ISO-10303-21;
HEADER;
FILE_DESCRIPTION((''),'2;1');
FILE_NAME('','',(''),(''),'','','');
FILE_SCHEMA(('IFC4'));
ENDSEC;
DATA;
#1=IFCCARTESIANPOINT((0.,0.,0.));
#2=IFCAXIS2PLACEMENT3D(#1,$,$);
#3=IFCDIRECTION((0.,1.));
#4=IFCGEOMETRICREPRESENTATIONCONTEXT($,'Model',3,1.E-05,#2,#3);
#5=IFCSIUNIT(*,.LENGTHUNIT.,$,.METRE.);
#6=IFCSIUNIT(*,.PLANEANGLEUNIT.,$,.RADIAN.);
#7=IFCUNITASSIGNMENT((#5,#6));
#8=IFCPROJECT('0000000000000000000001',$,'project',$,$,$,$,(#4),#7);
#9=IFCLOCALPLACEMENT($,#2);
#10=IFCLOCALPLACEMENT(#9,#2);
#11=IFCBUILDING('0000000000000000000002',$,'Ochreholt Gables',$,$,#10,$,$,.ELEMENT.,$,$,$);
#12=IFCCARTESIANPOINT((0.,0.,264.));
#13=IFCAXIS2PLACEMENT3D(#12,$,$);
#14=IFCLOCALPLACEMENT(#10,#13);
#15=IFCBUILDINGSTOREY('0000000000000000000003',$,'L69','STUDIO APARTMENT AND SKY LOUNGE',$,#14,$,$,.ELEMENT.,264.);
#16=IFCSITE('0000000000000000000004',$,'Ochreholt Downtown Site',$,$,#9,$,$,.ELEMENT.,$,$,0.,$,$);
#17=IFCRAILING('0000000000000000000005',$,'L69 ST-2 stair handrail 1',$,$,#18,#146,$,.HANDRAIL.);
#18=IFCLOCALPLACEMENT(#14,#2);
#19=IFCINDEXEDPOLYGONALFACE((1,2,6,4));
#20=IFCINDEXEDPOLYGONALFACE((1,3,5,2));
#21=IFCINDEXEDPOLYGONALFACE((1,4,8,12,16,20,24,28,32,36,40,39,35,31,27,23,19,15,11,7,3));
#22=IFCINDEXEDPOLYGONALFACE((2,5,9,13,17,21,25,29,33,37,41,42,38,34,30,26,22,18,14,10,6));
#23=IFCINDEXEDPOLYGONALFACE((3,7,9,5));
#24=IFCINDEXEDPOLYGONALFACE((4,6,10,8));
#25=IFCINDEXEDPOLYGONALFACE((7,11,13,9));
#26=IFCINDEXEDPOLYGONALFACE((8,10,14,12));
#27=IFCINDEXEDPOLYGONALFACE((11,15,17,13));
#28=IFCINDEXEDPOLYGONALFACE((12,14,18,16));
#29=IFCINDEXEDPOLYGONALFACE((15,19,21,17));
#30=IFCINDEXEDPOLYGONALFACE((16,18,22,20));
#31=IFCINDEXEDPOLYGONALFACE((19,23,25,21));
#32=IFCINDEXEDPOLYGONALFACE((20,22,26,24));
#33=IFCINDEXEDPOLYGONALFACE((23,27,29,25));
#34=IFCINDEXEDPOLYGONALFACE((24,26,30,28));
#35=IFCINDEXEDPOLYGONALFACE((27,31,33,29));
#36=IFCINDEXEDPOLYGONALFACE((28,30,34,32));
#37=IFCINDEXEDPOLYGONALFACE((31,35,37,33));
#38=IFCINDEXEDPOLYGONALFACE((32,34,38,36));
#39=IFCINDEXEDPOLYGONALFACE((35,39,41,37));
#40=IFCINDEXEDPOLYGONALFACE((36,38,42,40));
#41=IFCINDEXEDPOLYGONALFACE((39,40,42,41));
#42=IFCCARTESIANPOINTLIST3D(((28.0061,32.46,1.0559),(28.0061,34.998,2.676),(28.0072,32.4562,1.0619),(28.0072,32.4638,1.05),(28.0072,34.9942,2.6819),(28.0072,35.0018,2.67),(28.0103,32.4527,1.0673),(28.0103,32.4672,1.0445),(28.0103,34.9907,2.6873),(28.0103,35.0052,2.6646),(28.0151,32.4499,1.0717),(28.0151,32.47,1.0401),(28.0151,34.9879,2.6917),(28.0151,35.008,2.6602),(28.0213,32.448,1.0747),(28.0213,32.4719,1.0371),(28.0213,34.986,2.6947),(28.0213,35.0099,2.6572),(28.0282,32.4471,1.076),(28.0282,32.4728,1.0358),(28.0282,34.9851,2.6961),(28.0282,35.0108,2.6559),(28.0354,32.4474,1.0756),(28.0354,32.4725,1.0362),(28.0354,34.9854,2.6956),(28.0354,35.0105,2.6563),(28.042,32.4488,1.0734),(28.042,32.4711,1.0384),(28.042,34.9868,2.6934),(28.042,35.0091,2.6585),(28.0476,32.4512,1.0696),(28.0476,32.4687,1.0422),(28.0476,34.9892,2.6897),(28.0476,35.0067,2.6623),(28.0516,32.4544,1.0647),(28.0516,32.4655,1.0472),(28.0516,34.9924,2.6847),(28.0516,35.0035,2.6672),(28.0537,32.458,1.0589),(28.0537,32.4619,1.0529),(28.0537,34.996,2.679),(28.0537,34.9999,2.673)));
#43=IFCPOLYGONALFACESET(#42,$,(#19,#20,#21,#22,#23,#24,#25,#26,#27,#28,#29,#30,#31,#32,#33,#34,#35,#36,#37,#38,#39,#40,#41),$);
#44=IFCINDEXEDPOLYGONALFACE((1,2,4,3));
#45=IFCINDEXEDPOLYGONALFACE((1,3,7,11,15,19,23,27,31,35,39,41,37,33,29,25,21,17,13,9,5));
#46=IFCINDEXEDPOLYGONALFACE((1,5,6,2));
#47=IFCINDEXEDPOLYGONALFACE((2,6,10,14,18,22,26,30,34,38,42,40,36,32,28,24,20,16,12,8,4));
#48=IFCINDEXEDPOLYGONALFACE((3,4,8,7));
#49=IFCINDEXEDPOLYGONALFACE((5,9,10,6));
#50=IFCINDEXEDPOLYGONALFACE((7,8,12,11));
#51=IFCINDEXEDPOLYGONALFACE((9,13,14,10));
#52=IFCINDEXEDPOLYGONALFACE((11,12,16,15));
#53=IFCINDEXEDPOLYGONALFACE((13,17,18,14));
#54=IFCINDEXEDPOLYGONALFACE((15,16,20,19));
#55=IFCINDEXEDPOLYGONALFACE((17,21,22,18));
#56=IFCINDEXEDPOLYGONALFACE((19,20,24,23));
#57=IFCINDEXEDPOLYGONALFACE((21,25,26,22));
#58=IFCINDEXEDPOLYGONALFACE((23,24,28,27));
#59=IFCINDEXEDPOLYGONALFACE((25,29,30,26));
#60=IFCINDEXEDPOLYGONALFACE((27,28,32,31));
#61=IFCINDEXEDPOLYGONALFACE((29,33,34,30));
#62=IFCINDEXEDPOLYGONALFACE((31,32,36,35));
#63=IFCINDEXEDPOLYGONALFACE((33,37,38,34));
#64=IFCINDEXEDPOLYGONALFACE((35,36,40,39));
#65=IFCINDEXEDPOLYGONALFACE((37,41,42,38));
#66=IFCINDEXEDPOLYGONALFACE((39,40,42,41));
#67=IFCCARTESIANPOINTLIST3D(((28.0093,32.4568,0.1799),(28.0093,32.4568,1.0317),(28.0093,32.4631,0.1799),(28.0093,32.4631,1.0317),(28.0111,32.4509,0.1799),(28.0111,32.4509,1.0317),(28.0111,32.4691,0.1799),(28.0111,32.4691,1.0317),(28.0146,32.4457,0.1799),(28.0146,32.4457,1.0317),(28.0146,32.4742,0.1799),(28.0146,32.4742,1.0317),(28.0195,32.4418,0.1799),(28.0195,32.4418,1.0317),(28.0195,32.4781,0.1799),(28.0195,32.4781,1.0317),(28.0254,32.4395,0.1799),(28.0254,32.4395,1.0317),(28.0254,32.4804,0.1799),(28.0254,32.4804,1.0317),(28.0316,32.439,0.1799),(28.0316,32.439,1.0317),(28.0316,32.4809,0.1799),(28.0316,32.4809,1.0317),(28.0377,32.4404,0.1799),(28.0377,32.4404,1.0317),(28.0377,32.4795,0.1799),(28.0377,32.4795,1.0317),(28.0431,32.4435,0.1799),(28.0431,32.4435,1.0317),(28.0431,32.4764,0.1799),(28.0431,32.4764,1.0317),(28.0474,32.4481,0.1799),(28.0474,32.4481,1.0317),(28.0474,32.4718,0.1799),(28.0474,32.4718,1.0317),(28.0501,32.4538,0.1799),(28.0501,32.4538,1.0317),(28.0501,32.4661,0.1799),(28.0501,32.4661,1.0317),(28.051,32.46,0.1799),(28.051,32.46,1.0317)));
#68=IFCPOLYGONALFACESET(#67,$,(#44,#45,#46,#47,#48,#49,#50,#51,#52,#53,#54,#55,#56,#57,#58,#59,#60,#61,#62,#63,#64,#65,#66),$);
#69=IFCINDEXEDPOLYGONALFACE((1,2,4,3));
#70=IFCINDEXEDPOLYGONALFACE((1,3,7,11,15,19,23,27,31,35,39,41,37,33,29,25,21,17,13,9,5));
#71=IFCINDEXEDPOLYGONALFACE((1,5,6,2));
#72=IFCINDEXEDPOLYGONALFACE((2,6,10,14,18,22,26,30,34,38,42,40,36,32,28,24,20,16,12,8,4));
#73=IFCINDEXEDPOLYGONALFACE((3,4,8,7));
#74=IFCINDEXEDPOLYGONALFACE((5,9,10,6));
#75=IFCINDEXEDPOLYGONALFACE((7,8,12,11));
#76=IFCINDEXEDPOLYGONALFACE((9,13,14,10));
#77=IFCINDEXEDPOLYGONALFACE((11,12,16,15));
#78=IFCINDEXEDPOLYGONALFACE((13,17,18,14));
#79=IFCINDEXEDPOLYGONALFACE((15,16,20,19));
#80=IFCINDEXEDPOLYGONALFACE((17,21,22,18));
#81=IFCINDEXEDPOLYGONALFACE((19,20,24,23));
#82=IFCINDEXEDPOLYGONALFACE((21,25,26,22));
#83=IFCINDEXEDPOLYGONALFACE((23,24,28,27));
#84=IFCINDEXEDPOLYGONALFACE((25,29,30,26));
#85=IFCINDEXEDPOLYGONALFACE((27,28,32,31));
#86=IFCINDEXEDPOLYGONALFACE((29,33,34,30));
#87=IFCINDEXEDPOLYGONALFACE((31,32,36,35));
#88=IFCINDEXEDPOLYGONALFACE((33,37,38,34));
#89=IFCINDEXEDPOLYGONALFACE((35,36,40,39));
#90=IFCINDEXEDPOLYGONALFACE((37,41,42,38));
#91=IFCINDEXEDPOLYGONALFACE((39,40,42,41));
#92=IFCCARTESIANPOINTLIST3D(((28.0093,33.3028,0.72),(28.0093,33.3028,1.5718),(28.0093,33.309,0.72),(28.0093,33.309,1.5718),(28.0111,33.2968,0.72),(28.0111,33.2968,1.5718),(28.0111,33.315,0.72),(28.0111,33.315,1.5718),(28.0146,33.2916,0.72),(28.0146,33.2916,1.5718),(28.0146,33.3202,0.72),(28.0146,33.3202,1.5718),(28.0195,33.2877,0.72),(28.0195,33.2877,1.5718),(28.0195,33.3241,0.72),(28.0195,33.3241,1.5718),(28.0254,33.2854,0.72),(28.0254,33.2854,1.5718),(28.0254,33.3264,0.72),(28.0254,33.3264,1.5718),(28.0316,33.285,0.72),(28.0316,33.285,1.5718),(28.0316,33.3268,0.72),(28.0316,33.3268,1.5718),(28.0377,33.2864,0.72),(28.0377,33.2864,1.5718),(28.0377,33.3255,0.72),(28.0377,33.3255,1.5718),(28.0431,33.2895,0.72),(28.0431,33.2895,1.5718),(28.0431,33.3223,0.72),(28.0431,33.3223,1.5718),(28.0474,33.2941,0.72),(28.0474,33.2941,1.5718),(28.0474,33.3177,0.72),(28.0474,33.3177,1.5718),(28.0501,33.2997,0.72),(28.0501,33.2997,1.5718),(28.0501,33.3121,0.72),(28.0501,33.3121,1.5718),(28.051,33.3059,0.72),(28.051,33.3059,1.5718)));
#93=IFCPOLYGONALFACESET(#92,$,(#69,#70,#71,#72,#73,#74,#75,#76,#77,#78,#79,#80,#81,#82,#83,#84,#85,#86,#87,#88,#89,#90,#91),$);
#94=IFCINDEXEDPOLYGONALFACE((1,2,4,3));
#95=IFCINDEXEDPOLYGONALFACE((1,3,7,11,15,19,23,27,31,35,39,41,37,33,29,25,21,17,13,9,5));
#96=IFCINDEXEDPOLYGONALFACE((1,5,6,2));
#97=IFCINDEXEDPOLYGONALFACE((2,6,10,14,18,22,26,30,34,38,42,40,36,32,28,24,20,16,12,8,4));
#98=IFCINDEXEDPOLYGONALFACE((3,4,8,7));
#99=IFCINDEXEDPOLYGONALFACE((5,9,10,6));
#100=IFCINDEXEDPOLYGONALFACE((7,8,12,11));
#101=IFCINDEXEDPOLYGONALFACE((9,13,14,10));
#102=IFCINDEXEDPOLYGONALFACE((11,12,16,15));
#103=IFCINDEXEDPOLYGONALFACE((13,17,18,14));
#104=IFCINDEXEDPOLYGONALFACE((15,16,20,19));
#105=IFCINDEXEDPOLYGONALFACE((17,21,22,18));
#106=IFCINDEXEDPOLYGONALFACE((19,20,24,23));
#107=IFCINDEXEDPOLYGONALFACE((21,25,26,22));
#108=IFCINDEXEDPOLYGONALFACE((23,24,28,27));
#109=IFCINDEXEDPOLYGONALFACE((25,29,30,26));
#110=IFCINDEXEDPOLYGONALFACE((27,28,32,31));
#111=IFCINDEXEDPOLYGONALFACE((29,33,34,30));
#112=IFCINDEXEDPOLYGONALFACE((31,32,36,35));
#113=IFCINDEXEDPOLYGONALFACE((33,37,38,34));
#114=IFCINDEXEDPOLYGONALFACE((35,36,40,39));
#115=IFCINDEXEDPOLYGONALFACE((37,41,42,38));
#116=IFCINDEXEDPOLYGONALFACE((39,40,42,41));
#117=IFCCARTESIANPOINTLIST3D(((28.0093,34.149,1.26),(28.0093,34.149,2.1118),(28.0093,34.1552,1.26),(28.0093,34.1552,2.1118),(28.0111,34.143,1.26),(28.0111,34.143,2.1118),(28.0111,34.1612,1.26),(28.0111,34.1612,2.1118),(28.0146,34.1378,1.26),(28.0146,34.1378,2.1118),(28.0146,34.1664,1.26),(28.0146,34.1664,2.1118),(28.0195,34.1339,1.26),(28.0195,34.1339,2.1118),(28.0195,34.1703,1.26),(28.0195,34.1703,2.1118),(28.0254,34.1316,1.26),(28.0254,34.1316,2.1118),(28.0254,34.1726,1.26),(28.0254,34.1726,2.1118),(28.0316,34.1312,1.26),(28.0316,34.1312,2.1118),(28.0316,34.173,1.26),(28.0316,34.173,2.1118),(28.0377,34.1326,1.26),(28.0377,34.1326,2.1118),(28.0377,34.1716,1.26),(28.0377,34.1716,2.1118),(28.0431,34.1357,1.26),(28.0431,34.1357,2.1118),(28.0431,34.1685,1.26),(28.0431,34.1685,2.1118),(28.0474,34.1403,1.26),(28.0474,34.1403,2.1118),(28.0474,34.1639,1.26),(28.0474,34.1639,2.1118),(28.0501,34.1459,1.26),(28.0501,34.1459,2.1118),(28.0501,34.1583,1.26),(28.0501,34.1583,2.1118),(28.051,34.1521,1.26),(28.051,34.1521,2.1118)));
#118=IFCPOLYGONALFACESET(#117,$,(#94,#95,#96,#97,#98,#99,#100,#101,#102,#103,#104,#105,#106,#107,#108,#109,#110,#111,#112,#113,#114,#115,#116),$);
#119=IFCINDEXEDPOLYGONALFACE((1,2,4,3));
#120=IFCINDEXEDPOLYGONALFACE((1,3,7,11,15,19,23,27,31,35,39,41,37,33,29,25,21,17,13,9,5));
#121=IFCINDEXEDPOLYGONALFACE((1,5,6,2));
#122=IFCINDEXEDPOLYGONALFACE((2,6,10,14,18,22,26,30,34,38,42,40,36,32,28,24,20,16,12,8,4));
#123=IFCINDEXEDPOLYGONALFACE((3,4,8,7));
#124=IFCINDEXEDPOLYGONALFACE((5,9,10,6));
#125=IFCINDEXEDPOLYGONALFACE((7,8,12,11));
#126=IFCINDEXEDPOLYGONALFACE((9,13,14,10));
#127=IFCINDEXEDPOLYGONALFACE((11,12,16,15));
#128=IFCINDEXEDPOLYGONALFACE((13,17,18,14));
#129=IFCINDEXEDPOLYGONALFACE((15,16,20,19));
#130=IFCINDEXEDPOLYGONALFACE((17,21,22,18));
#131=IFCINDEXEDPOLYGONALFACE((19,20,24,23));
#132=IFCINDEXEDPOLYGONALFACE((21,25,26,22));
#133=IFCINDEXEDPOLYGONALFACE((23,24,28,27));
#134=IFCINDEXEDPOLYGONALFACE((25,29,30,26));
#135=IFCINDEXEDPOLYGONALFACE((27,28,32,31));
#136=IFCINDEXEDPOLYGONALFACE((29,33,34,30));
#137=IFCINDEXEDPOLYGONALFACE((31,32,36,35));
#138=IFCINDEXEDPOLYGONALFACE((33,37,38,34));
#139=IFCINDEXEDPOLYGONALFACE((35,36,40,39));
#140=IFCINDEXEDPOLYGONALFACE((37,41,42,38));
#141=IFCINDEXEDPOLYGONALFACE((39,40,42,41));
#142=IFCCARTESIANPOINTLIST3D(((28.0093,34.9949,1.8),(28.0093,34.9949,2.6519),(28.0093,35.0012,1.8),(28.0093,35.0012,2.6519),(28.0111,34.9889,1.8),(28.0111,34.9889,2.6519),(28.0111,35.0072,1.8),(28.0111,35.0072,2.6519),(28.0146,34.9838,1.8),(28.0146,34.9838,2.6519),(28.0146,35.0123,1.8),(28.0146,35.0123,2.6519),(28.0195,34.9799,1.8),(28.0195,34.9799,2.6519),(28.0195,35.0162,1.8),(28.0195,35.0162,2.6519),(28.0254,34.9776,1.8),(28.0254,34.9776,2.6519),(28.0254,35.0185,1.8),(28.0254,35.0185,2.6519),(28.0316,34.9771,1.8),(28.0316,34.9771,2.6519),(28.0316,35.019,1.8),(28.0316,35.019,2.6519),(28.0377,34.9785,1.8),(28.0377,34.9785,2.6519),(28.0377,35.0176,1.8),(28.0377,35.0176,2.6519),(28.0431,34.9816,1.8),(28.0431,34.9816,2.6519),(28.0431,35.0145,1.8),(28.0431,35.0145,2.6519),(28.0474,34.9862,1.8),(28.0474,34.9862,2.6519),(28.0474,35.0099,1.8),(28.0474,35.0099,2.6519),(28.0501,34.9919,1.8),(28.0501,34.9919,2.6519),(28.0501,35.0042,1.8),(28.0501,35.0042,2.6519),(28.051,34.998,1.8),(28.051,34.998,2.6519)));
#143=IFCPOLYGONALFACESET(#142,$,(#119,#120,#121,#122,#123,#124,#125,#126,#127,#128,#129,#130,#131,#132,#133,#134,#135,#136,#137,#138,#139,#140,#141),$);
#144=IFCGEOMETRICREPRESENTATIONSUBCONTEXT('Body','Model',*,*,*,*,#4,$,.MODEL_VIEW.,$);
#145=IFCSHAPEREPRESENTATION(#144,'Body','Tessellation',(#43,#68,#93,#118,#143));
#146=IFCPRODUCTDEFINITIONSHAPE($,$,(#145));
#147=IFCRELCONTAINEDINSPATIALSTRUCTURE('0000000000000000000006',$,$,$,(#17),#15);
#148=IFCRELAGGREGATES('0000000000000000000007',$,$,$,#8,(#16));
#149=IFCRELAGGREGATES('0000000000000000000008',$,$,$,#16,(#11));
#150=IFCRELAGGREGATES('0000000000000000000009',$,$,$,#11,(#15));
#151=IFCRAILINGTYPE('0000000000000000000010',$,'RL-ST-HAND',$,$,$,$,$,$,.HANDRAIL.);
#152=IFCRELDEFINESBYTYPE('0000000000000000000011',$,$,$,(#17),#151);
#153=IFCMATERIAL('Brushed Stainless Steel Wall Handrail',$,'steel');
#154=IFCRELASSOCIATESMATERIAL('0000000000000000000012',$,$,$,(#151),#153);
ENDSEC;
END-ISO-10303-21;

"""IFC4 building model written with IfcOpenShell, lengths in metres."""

from ifc_helpers import new_model, si_unit, direction, frame, origin, origin_2d, place, context, subcontext, project, spatial, circle, extrude, material, type_object, element, save


model = new_model("IFC4")

# Units and contexts
model_context = context("Model", 3, precision=1e-05, world=origin(), true_north=direction((0.0, 1.0)))
body_context = subcontext(model_context, "Body", "Model", "MODEL_VIEW")
ifc_project = project(units=[si_unit("LENGTHUNIT", "METRE"), si_unit("PLANEANGLEUNIT", "RADIAN")], contexts=[model_context])

# Site, building, storey
site_placement = place(None, origin())
site = spatial("IfcSite", under=ifc_project, at=site_placement, Name="Ochreholt Downtown Site", CompositionType="ELEMENT", RefElevation=0.0)
building_placement = place(site_placement, origin())
building = spatial("IfcBuilding", under=site, at=building_placement, Name="Ochreholt Gables", CompositionType="ELEMENT")
storey_placement = place(building_placement, frame((0.0, 0.0, 264.0)))
storey = spatial("IfcBuildingStorey", under=building, at=storey_placement, Name="L69", Description="STUDIO APARTMENT AND SKY LOUNGE", CompositionType="ELEMENT", Elevation=264.0)

# Railing
ifc_material_1 = material(Name="Brushed Stainless Steel Wall Handrail", Category="steel")
railing_type_1 = type_object("IfcRailingType", Name="RL-ST-HAND", PredefinedType="HANDRAIL", material=ifc_material_1)
railing_1_placement = place(storey_placement, frame((28.03, 32.46, 0.1799)))
element("IfcRailing", 1, at=railing_1_placement, inside=storey, type_object=railing_type_1, Name="L69 ST-2 stair handrail 1", PredefinedType="HANDRAIL", context=body_context, shape_type="SweptSolid", body=[
    extrude(circle(Radius=0.0239, at=origin_2d()), frame((0.0, 0.0, 0.876), z_axis=(0.0, 0.842913, 0.53805), x_axis=(-1.0, 0.0, 0.0)), (0.0, 0.0, 1.0), 3.011),
    extrude(circle(Radius=0.021, at=origin_2d()), origin(), (0.0, 0.0, 1.0), 0.8518),
    extrude(circle(Radius=0.021, at=origin_2d()), frame((0.0, 0.8459, 0.54)), (0.0, 0.0, 1.0), 0.8518),
    extrude(circle(Radius=0.021, at=origin_2d()), frame((0.0, 1.6921, 1.0801)), (0.0, 0.0, 1.0), 0.8518),
    extrude(circle(Radius=0.021, at=origin_2d()), frame((0.0, 2.5381, 1.6201)), (0.0, 0.0, 1.0), 0.8518),
])

save(model, "model.ifc")
